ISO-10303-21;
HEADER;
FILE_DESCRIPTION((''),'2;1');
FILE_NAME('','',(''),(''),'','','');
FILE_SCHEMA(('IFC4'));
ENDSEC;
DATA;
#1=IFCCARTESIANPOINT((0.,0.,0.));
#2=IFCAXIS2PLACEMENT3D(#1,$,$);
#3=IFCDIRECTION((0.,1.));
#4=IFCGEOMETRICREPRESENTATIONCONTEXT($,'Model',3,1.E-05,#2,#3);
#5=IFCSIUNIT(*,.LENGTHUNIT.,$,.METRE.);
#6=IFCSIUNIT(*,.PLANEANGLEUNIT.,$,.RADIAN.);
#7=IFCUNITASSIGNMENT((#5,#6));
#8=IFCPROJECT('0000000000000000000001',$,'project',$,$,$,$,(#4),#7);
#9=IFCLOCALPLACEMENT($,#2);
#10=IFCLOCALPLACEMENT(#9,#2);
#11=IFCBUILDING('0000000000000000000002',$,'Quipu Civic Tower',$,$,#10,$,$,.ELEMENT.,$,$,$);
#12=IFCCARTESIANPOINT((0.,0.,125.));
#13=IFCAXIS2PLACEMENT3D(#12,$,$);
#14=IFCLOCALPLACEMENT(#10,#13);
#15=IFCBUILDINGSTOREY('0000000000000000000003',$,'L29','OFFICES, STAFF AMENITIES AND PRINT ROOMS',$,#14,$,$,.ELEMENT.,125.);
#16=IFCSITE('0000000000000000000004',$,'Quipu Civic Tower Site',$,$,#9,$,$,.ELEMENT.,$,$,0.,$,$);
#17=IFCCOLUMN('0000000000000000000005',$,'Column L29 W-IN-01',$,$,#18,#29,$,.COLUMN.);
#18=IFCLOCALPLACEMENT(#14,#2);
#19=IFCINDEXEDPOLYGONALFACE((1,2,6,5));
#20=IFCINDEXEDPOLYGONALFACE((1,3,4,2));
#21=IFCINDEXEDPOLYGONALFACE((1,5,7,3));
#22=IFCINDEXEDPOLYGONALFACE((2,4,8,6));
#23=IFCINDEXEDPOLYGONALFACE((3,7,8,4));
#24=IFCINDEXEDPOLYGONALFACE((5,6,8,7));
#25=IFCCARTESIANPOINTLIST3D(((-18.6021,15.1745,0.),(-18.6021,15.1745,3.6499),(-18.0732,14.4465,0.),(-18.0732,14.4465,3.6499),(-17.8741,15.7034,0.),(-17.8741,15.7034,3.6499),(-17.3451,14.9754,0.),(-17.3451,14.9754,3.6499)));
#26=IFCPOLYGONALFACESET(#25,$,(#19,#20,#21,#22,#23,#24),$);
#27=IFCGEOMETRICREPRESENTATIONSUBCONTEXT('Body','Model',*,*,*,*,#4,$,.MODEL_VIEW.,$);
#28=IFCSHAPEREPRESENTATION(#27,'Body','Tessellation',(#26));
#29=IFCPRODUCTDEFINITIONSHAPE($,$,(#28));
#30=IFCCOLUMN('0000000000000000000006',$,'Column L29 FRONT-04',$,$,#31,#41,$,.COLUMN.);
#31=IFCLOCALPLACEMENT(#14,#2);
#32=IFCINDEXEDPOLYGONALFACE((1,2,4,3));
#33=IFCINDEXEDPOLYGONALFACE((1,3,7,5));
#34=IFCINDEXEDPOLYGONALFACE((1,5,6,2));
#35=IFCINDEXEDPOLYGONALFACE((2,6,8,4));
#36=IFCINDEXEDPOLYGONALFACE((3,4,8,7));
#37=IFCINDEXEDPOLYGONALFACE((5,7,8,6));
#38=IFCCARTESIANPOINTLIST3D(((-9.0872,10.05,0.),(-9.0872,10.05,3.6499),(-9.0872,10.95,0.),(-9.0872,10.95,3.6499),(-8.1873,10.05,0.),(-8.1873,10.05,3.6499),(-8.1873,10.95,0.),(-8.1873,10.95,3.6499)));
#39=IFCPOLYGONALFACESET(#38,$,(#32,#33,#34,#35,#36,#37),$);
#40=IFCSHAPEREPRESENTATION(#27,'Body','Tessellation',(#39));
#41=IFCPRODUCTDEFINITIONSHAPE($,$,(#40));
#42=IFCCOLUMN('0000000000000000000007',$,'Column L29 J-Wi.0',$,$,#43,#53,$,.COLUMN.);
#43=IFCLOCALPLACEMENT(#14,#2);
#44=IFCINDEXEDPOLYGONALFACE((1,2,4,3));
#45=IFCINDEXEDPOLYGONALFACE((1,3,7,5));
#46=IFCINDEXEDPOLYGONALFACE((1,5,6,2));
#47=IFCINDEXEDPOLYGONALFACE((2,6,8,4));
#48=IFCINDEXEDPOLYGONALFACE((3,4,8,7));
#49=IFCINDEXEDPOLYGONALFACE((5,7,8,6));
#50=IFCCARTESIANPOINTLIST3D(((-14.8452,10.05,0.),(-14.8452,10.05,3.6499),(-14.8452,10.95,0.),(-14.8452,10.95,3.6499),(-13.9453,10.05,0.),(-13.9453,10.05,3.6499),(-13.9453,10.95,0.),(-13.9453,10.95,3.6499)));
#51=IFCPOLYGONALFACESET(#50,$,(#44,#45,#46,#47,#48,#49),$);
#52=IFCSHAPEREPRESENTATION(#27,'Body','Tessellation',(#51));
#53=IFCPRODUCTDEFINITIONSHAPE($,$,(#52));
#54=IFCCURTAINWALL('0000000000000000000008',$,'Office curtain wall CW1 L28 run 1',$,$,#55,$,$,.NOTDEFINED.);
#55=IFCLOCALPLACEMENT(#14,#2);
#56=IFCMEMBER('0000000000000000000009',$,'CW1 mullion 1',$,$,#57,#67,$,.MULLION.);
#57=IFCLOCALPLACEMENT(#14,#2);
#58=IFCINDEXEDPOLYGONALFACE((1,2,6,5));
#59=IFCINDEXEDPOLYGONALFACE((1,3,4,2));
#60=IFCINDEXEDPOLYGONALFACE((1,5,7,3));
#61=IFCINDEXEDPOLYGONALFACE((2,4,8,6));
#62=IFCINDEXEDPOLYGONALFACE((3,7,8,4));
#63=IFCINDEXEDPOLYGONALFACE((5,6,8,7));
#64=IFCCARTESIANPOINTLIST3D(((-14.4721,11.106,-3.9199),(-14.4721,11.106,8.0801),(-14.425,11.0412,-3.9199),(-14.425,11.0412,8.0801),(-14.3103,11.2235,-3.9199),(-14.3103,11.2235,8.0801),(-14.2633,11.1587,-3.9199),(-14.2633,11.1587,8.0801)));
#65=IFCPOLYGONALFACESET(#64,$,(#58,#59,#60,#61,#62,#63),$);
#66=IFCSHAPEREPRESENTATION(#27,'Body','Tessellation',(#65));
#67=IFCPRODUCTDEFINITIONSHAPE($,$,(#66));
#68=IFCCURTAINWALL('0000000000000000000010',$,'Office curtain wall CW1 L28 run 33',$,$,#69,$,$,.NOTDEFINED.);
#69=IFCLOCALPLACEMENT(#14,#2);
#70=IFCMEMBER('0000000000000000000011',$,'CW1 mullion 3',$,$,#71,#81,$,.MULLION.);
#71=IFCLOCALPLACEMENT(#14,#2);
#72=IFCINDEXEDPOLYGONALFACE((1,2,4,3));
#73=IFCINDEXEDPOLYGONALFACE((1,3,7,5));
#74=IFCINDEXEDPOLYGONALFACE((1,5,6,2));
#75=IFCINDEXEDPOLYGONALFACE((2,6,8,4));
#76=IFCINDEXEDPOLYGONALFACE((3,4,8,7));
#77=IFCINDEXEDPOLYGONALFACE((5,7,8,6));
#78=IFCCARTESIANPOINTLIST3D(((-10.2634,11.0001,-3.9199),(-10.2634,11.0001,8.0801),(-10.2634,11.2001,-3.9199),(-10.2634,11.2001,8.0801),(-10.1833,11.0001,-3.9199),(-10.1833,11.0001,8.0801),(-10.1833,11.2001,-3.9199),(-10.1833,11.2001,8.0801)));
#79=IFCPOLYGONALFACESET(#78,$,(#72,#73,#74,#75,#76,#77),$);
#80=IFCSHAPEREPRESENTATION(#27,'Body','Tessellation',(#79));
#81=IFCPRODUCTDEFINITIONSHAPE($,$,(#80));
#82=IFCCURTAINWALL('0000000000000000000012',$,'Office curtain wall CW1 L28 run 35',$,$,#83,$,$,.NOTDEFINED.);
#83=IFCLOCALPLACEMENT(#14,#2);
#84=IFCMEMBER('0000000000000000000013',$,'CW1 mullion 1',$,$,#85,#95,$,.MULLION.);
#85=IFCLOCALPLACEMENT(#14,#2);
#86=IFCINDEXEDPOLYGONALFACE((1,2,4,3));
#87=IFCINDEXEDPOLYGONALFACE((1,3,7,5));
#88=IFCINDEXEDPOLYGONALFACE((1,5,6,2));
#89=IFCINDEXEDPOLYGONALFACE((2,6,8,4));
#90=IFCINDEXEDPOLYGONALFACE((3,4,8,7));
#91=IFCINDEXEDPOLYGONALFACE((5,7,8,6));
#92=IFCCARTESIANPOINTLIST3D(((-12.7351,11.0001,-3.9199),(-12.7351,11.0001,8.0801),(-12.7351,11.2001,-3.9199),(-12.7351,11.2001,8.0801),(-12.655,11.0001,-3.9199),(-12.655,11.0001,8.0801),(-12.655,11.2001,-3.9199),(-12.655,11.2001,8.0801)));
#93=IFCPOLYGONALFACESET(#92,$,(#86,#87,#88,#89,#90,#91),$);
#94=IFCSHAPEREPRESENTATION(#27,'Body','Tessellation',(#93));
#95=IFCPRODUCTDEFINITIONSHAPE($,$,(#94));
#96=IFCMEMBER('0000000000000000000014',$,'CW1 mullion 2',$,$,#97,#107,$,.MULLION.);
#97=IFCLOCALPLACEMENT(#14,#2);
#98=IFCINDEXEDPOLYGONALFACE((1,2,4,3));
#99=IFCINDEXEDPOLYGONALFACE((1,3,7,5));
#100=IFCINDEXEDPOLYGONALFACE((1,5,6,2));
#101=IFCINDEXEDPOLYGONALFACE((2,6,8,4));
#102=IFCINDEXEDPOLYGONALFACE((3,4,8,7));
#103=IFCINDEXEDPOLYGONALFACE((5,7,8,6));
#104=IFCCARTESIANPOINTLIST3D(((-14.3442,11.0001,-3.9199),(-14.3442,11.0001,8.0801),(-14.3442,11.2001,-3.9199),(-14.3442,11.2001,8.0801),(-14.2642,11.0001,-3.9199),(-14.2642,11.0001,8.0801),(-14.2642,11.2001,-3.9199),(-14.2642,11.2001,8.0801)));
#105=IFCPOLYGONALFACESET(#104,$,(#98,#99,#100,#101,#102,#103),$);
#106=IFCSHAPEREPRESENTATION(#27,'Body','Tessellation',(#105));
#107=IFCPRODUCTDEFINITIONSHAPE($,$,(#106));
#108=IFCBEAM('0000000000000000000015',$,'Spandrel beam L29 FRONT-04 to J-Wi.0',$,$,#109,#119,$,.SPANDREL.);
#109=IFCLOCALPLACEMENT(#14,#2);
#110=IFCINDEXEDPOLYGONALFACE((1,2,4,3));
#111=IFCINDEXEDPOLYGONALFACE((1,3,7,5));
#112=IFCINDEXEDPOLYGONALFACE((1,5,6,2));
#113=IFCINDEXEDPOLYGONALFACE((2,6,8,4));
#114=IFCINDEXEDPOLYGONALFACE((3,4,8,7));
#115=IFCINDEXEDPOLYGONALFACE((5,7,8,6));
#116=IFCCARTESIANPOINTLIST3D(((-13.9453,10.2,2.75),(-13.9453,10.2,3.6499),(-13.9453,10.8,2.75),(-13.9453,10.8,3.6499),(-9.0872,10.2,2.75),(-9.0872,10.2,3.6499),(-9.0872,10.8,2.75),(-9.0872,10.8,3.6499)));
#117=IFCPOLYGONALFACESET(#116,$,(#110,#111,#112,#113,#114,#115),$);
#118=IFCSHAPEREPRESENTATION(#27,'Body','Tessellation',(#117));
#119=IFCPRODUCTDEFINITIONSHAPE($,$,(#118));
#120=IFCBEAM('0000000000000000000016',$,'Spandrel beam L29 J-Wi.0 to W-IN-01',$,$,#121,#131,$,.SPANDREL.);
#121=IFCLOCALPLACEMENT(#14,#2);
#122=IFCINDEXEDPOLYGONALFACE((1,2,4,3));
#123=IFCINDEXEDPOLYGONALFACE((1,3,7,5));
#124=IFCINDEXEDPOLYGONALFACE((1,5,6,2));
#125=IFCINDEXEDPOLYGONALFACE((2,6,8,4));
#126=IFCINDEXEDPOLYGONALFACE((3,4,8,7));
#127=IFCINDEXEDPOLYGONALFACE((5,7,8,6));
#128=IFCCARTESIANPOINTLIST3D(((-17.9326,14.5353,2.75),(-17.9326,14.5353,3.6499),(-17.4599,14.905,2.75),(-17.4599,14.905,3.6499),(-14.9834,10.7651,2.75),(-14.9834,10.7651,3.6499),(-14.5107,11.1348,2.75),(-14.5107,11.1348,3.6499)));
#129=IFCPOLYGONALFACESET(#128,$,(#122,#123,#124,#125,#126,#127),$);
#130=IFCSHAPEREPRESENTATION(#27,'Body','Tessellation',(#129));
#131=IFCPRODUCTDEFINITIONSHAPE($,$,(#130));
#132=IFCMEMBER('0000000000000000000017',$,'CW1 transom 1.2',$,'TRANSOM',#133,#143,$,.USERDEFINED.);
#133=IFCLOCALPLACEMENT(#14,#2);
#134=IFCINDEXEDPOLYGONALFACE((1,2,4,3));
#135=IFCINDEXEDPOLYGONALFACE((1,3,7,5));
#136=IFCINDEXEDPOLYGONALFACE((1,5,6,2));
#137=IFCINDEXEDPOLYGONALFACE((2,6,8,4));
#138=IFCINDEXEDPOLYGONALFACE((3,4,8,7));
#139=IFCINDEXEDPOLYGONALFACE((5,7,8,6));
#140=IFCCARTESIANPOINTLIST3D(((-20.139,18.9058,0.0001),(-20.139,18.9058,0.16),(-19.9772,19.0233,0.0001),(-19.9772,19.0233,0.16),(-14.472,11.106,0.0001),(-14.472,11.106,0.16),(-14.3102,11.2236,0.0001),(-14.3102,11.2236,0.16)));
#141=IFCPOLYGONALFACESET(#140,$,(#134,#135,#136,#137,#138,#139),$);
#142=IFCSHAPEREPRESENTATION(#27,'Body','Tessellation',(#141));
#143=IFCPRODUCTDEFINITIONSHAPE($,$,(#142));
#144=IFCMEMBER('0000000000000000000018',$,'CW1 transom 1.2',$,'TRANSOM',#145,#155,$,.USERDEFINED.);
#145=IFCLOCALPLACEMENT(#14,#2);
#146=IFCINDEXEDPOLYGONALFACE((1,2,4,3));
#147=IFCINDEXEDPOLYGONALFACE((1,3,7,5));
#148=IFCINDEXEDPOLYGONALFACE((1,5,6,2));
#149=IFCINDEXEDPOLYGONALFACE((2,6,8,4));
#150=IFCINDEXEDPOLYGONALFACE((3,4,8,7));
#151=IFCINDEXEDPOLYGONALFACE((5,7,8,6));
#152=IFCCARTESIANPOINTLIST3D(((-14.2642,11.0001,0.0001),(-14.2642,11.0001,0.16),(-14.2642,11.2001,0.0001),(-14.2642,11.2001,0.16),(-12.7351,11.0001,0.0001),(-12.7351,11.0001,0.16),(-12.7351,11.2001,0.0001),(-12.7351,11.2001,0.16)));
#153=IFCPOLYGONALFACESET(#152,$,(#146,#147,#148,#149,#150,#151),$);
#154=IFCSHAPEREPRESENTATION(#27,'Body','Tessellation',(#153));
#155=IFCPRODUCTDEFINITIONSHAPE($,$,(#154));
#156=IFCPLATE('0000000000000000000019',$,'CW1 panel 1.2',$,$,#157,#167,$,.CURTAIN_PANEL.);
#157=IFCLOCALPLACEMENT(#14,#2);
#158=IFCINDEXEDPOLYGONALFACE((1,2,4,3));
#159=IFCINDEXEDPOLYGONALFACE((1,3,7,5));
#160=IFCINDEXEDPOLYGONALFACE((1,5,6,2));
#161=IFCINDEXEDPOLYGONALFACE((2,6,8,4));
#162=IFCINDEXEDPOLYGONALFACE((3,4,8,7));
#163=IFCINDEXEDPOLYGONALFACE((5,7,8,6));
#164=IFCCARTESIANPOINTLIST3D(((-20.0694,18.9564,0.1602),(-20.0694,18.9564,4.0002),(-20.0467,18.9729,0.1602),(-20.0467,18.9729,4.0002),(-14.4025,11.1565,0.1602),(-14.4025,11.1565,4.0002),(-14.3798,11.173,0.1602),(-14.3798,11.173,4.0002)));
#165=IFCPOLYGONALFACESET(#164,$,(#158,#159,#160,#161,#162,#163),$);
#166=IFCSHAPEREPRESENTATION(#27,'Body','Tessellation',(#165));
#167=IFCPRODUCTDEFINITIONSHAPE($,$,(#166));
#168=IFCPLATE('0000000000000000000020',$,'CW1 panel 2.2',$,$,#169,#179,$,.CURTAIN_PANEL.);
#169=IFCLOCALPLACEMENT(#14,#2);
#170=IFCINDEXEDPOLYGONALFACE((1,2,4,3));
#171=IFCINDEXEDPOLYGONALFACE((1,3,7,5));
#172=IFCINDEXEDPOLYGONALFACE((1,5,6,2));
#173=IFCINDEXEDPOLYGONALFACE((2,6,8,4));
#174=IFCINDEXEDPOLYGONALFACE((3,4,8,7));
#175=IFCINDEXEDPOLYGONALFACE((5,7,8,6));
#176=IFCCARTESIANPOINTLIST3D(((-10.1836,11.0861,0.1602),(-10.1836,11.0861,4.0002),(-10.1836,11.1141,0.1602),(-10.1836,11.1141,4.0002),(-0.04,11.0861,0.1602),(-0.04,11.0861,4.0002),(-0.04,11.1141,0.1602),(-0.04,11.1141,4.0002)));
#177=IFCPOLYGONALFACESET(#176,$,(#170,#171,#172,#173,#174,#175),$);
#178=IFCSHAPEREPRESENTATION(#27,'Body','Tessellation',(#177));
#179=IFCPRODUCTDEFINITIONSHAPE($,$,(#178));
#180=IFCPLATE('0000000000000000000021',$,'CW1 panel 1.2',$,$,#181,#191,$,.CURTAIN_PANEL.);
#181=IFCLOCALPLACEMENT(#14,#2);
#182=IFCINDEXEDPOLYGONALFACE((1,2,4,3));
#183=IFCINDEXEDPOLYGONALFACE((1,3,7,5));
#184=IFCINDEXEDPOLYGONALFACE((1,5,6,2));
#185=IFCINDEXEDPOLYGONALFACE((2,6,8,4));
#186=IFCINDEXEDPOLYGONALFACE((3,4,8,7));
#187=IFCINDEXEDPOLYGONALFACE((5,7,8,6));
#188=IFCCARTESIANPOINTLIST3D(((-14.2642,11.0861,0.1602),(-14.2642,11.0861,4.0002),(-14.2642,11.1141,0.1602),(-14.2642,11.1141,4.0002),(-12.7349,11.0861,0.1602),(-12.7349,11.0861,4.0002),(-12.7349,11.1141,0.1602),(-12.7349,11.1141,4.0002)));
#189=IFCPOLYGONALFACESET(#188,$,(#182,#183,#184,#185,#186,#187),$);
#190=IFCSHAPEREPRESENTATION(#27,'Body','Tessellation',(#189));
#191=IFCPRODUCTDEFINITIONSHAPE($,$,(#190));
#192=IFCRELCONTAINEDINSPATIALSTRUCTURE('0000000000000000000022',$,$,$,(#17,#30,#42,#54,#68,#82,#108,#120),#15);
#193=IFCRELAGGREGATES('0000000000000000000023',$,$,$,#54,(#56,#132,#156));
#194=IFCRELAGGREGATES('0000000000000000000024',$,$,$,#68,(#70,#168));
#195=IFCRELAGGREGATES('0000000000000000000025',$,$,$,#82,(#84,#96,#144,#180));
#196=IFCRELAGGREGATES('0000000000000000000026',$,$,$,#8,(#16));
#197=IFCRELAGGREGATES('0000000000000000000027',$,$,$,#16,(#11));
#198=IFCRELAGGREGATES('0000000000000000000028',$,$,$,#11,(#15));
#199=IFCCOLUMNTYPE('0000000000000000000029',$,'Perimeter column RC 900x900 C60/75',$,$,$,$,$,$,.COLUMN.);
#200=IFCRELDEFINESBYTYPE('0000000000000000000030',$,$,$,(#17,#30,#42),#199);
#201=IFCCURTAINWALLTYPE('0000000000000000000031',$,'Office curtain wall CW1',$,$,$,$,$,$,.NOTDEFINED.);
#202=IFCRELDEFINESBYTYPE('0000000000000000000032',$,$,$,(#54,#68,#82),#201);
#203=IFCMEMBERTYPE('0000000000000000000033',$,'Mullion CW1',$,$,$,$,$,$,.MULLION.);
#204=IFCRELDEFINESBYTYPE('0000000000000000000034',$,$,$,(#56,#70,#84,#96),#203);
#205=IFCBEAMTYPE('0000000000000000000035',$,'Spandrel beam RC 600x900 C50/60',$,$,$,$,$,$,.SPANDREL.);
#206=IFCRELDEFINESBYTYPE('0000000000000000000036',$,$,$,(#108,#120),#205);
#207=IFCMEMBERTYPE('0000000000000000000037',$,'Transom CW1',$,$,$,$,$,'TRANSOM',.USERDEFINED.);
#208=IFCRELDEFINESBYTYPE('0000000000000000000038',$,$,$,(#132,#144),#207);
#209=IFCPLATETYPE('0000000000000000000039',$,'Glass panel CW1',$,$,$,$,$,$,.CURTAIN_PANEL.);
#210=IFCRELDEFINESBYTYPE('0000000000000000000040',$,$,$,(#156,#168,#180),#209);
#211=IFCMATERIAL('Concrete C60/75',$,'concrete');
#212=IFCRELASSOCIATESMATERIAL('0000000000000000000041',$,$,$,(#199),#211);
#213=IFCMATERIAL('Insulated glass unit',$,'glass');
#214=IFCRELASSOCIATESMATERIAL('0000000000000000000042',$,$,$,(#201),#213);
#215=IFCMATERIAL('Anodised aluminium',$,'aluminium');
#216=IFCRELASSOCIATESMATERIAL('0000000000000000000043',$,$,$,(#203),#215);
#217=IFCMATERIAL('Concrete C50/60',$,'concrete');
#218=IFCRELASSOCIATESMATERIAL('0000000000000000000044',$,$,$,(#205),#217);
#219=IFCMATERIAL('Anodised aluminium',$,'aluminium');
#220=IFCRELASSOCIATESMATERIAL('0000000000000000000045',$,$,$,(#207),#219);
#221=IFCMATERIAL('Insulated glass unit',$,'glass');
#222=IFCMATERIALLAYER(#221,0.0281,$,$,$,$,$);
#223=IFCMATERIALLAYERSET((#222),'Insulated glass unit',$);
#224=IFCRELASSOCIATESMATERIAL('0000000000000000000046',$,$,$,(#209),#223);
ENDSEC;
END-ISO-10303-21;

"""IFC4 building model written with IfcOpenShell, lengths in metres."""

from ifc_helpers import new_model, si_unit, direction, frame, origin, origin_2d, place, context, subcontext, project, spatial, rectangle, extrude, material, layer, layer_set, material_profile, profile_set, type_object, element, aggregate, save


model = new_model("IFC4")

# Units and contexts
model_context = context("Model", 3, precision=1e-05, world=origin(), true_north=direction((0.0, 1.0)))
body_context = subcontext(model_context, "Body", "Model", "MODEL_VIEW")
ifc_project = project(units=[si_unit("LENGTHUNIT", "METRE"), si_unit("PLANEANGLEUNIT", "RADIAN")], contexts=[model_context])

# Site, building, storey
site_placement = place(None, origin())
site = spatial("IfcSite", under=ifc_project, at=site_placement, Name="Quipu Civic Tower Site", CompositionType="ELEMENT", RefElevation=0.0)
building_placement = place(site_placement, origin())
building = spatial("IfcBuilding", under=site, at=building_placement, Name="Quipu Civic Tower", CompositionType="ELEMENT")
storey_placement = place(building_placement, frame((0.0, 0.0, 125.0)))
storey = spatial("IfcBuildingStorey", under=building, at=storey_placement, Name="L29", Description="OFFICES, STAFF AMENITIES AND PRINT ROOMS", CompositionType="ELEMENT", Elevation=125.0)

# Columns
ifc_material_1 = material(Name="Concrete C60/75", Category="concrete")
ifc_material_profile_1 = material_profile(ifc_material_1, rectangle(XDim=0.8999, YDim=0.8999, at=origin_2d()), Name="RC900x900")
ifc_profile_set_1 = profile_set([ifc_material_profile_1], Name="Concrete C60/75")
column_type = type_object("IfcColumnType", Name="Perimeter column RC 900x900 C60/75", PredefinedType="COLUMN", material=ifc_profile_set_1)
for number, where, z_axis, x_axis, name in (
    (1, (-17.9736, 15.075, 0.0), (0.0, 0.0, 1.0), (-0.587785, 0.809017, 0.0), "Column L29 W-IN-01"),
    (2, (-8.6372, 10.5, 0.0), (0.0, 0.0, 1.0), (-1.0, 0.0, 0.0), "Column L29 FRONT-04"),
    (3, (-14.3953, 10.5, 0.0), (0.0, 0.0, 1.0), (-1.0, 0.0, 0.0), "Column L29 J-Wi.0"),
):
    element("IfcColumn", number, at=place(storey_placement, frame(where, z_axis=z_axis, x_axis=x_axis)), inside=storey, type_object=column_type, Name=name, PredefinedType="COLUMN", context=body_context, shape_type="SweptSolid", body=[
        extrude(rectangle(XDim=0.8999, YDim=0.8999, at=origin_2d()), origin(), (0.0, 0.0, 1.0), 3.6499),
    ])

# Curtain walls, members
ifc_material_2 = material(Name="Insulated glass unit", Category="glass")
curtain_wall_type = type_object("IfcCurtainWallType", Name="Office curtain wall CW1", PredefinedType="NOTDEFINED", material=ifc_material_2)
curtain_wall_1_placement = place(storey_placement, origin())
curtain_wall_1 = element("IfcCurtainWall", 4, at=curtain_wall_1_placement, inside=storey, type_object=curtain_wall_type, Name="Office curtain wall CW1 L28 run 1", PredefinedType="NOTDEFINED")
ifc_material_3 = material(Name="Anodised aluminium", Category="aluminium")
ifc_material_profile_2 = material_profile(ifc_material_3, rectangle(XDim=0.2, YDim=0.0801, at=origin_2d()), Name="RECT 200x80")
ifc_profile_set_2 = profile_set([ifc_material_profile_2], Name="Anodised aluminium")
member_type_1 = type_object("IfcMemberType", Name="Mullion CW1", PredefinedType="MULLION", material=ifc_profile_set_2)
member_1_placement = place(storey_placement, frame((-14.3677, 11.1323, -3.9199), z_axis=(0.0, 0.0, 1.0), x_axis=(-0.809017, -0.587786, 0.0)))
member_1 = element("IfcMember", 5, at=member_1_placement, type_object=member_type_1, Name="CW1 mullion 1", PredefinedType="MULLION", context=body_context, shape_type="SweptSolid", body=[
    extrude(rectangle(XDim=0.2, YDim=0.0801, at=origin_2d()), origin(), (0.0, 0.0, 1.0), 12.0),
])
curtain_wall_2_placement = place(storey_placement, origin())
curtain_wall_2 = element("IfcCurtainWall", 6, at=curtain_wall_2_placement, inside=storey, type_object=curtain_wall_type, Name="Office curtain wall CW1 L28 run 33", PredefinedType="NOTDEFINED")
member_2_placement = place(storey_placement, frame((-10.2234, 11.1001, -3.9199), z_axis=(0.0, 0.0, 1.0), x_axis=(0.0, -1.0, 0.0)))
member_2 = element("IfcMember", 7, at=member_2_placement, type_object=member_type_1, Name="CW1 mullion 3", PredefinedType="MULLION", context=body_context, shape_type="SweptSolid", body=[
    extrude(rectangle(XDim=0.2, YDim=0.0801, at=origin_2d()), origin(), (0.0, 0.0, 1.0), 12.0),
])

# Curtain wall, members
curtain_wall_3_placement = place(storey_placement, origin())
curtain_wall_3 = element("IfcCurtainWall", 8, at=curtain_wall_3_placement, inside=storey, type_object=curtain_wall_type, Name="Office curtain wall CW1 L28 run 35", PredefinedType="NOTDEFINED")
member_3_placement = place(storey_placement, frame((-12.6951, 11.1001, -3.9199), z_axis=(0.0, 0.0, 1.0), x_axis=(0.0, -1.0, 0.0)))
member_3 = element("IfcMember", 9, at=member_3_placement, type_object=member_type_1, Name="CW1 mullion 1", PredefinedType="MULLION", context=body_context, shape_type="SweptSolid", body=[
    extrude(rectangle(XDim=0.2, YDim=0.0801, at=origin_2d()), origin(), (0.0, 0.0, 1.0), 12.0),
])
member_4_placement = place(storey_placement, frame((-14.3042, 11.1001, -3.9199), z_axis=(0.0, 0.0, 1.0), x_axis=(0.0, -1.0, 0.0)))
member_4 = element("IfcMember", 10, at=member_4_placement, type_object=member_type_1, Name="CW1 mullion 2", PredefinedType="MULLION", context=body_context, shape_type="SweptSolid", body=[
    extrude(rectangle(XDim=0.2, YDim=0.0801, at=origin_2d()), origin(), (0.0, 0.0, 1.0), 12.0),
])

# Beams
ifc_material_4 = material(Name="Concrete C50/60", Category="concrete")
ifc_material_profile_3 = material_profile(ifc_material_4, rectangle(XDim=0.6001, YDim=0.8999, at=origin_2d()), Name="RC600x900")
ifc_profile_set_3 = profile_set([ifc_material_profile_3], Name="Concrete C50/60")
beam_type = type_object("IfcBeamType", Name="Spandrel beam RC 600x900 C50/60", PredefinedType="SPANDREL", material=ifc_profile_set_3)
beam_1_placement = place(storey_placement, frame((-9.0872, 10.5, 3.2), z_axis=(-1.0, 0.0, 0.0), x_axis=(0.0, -1.0, 0.0)))
element("IfcBeam", 11, at=beam_1_placement, inside=storey, type_object=beam_type, Name="Spandrel beam L29 FRONT-04 to J-Wi.0", PredefinedType="SPANDREL", context=body_context, shape_type="SweptSolid", body=[
    extrude(rectangle(XDim=0.6001, YDim=0.8999, at=origin_2d()), origin(), (0.0, 0.0, 1.0), 4.8582),
])
beam_2_placement = place(storey_placement, frame((-14.7471, 10.95, 3.2), z_axis=(-0.616124, 0.787649, 0.0), x_axis=(-0.787649, -0.616124, 0.0)))
element("IfcBeam", 12, at=beam_2_placement, inside=storey, type_object=beam_type, Name="Spandrel beam L29 J-Wi.0 to W-IN-01", PredefinedType="SPANDREL", context=body_context, shape_type="SweptSolid", body=[
    extrude(rectangle(XDim=0.6001, YDim=0.8999, at=origin_2d()), origin(), (0.0, 0.0, 1.0), 4.7866),
])

# Members
ifc_material_5 = material(Name="Anodised aluminium", Category="aluminium")
ifc_material_profile_4 = material_profile(ifc_material_5, rectangle(XDim=0.2, YDim=0.1599, at=origin_2d()), Name="RECT 200x160")
ifc_profile_set_4 = profile_set([ifc_material_profile_4], Name="Anodised aluminium")
member_type_2 = type_object("IfcMemberType", Name="Transom CW1", ElementType="TRANSOM", PredefinedType="USERDEFINED", material=ifc_profile_set_4)
member_5_placement = place(storey_placement, frame((-14.3911, 11.1648, 0.0801), z_axis=(-0.587792, 0.809012, 0.0), x_axis=(-0.809012, -0.587792, 0.0)))
member_5 = element("IfcMember", 13, at=member_5_placement, type_object=member_type_2, Name="CW1 transom 1.2", ObjectType="TRANSOM", PredefinedType="USERDEFINED", context=body_context, shape_type="SweptSolid", body=[
    extrude(rectangle(XDim=0.2, YDim=0.1599, at=origin_2d()), origin(), (0.0, 0.0, 1.0), 9.6411),
])
member_6_placement = place(storey_placement, frame((-12.7351, 11.1001, 0.0801), z_axis=(-1.0, 0.0, 0.0), x_axis=(0.0, -1.0, 0.0)))
member_6 = element("IfcMember", 14, at=member_6_placement, type_object=member_type_2, Name="CW1 transom 1.2", ObjectType="TRANSOM", PredefinedType="USERDEFINED", context=body_context, shape_type="SweptSolid", body=[
    extrude(rectangle(XDim=0.2, YDim=0.1599, at=origin_2d()), origin(), (0.0, 0.0, 1.0), 1.5291),
])

# Plates
ifc_material_6 = material(Name="Insulated glass unit", Category="glass")
ifc_layer_1 = layer(ifc_material_6, 0.0281)
ifc_layer_set_1 = layer_set([ifc_layer_1], Name="Insulated glass unit")
plate_type_1 = type_object("IfcPlateType", Name="Glass panel CW1", PredefinedType="CURTAIN_PANEL", material=ifc_layer_set_1)
plate_1_placement = place(storey_placement, frame((-17.2246, 15.0647, 0.1602), z_axis=(0.0, 0.0, 1.0), x_axis=(-0.587786, 0.809017, 0.0)))
plate_1 = element("IfcPlate", 15, at=plate_1_placement, type_object=plate_type_1, Name="CW1 panel 1.2", PredefinedType="CURTAIN_PANEL", context=body_context, shape_type="SweptSolid", body=[
    extrude(rectangle(XDim=9.6411, YDim=0.0281, at=origin_2d()), origin(), (0.0, 0.0, 1.0), 3.8401),
])
aggregate(curtain_wall_1, [member_1, member_5, plate_1])
plate_2_placement = place(storey_placement, frame((-5.1118, 11.1001, 0.1602), z_axis=(0.0, 0.0, 1.0), x_axis=(-1.0, 0.0, 0.0)))
plate_2 = element("IfcPlate", 16, at=plate_2_placement, type_object=plate_type_1, Name="CW1 panel 2.2", PredefinedType="CURTAIN_PANEL", context=body_context, shape_type="SweptSolid", body=[
    extrude(rectangle(XDim=10.1436, YDim=0.0281, at=origin_2d()), origin(), (0.0, 0.0, 1.0), 3.8401),
])
aggregate(curtain_wall_2, [member_2, plate_2])
plate_3_placement = place(storey_placement, frame((-13.4995, 11.1001, 0.1602), z_axis=(0.0, 0.0, 1.0), x_axis=(-1.0, 0.0, 0.0)))
plate_3 = element("IfcPlate", 17, at=plate_3_placement, type_object=plate_type_1, Name="CW1 panel 1.2", PredefinedType="CURTAIN_PANEL", context=body_context, shape_type="SweptSolid", body=[
    extrude(rectangle(XDim=1.5293, YDim=0.0281, at=origin_2d()), origin(), (0.0, 0.0, 1.0), 3.8401),
])
aggregate(curtain_wall_3, [member_3, member_4, member_6, plate_3])

save(model, "model.ifc")
